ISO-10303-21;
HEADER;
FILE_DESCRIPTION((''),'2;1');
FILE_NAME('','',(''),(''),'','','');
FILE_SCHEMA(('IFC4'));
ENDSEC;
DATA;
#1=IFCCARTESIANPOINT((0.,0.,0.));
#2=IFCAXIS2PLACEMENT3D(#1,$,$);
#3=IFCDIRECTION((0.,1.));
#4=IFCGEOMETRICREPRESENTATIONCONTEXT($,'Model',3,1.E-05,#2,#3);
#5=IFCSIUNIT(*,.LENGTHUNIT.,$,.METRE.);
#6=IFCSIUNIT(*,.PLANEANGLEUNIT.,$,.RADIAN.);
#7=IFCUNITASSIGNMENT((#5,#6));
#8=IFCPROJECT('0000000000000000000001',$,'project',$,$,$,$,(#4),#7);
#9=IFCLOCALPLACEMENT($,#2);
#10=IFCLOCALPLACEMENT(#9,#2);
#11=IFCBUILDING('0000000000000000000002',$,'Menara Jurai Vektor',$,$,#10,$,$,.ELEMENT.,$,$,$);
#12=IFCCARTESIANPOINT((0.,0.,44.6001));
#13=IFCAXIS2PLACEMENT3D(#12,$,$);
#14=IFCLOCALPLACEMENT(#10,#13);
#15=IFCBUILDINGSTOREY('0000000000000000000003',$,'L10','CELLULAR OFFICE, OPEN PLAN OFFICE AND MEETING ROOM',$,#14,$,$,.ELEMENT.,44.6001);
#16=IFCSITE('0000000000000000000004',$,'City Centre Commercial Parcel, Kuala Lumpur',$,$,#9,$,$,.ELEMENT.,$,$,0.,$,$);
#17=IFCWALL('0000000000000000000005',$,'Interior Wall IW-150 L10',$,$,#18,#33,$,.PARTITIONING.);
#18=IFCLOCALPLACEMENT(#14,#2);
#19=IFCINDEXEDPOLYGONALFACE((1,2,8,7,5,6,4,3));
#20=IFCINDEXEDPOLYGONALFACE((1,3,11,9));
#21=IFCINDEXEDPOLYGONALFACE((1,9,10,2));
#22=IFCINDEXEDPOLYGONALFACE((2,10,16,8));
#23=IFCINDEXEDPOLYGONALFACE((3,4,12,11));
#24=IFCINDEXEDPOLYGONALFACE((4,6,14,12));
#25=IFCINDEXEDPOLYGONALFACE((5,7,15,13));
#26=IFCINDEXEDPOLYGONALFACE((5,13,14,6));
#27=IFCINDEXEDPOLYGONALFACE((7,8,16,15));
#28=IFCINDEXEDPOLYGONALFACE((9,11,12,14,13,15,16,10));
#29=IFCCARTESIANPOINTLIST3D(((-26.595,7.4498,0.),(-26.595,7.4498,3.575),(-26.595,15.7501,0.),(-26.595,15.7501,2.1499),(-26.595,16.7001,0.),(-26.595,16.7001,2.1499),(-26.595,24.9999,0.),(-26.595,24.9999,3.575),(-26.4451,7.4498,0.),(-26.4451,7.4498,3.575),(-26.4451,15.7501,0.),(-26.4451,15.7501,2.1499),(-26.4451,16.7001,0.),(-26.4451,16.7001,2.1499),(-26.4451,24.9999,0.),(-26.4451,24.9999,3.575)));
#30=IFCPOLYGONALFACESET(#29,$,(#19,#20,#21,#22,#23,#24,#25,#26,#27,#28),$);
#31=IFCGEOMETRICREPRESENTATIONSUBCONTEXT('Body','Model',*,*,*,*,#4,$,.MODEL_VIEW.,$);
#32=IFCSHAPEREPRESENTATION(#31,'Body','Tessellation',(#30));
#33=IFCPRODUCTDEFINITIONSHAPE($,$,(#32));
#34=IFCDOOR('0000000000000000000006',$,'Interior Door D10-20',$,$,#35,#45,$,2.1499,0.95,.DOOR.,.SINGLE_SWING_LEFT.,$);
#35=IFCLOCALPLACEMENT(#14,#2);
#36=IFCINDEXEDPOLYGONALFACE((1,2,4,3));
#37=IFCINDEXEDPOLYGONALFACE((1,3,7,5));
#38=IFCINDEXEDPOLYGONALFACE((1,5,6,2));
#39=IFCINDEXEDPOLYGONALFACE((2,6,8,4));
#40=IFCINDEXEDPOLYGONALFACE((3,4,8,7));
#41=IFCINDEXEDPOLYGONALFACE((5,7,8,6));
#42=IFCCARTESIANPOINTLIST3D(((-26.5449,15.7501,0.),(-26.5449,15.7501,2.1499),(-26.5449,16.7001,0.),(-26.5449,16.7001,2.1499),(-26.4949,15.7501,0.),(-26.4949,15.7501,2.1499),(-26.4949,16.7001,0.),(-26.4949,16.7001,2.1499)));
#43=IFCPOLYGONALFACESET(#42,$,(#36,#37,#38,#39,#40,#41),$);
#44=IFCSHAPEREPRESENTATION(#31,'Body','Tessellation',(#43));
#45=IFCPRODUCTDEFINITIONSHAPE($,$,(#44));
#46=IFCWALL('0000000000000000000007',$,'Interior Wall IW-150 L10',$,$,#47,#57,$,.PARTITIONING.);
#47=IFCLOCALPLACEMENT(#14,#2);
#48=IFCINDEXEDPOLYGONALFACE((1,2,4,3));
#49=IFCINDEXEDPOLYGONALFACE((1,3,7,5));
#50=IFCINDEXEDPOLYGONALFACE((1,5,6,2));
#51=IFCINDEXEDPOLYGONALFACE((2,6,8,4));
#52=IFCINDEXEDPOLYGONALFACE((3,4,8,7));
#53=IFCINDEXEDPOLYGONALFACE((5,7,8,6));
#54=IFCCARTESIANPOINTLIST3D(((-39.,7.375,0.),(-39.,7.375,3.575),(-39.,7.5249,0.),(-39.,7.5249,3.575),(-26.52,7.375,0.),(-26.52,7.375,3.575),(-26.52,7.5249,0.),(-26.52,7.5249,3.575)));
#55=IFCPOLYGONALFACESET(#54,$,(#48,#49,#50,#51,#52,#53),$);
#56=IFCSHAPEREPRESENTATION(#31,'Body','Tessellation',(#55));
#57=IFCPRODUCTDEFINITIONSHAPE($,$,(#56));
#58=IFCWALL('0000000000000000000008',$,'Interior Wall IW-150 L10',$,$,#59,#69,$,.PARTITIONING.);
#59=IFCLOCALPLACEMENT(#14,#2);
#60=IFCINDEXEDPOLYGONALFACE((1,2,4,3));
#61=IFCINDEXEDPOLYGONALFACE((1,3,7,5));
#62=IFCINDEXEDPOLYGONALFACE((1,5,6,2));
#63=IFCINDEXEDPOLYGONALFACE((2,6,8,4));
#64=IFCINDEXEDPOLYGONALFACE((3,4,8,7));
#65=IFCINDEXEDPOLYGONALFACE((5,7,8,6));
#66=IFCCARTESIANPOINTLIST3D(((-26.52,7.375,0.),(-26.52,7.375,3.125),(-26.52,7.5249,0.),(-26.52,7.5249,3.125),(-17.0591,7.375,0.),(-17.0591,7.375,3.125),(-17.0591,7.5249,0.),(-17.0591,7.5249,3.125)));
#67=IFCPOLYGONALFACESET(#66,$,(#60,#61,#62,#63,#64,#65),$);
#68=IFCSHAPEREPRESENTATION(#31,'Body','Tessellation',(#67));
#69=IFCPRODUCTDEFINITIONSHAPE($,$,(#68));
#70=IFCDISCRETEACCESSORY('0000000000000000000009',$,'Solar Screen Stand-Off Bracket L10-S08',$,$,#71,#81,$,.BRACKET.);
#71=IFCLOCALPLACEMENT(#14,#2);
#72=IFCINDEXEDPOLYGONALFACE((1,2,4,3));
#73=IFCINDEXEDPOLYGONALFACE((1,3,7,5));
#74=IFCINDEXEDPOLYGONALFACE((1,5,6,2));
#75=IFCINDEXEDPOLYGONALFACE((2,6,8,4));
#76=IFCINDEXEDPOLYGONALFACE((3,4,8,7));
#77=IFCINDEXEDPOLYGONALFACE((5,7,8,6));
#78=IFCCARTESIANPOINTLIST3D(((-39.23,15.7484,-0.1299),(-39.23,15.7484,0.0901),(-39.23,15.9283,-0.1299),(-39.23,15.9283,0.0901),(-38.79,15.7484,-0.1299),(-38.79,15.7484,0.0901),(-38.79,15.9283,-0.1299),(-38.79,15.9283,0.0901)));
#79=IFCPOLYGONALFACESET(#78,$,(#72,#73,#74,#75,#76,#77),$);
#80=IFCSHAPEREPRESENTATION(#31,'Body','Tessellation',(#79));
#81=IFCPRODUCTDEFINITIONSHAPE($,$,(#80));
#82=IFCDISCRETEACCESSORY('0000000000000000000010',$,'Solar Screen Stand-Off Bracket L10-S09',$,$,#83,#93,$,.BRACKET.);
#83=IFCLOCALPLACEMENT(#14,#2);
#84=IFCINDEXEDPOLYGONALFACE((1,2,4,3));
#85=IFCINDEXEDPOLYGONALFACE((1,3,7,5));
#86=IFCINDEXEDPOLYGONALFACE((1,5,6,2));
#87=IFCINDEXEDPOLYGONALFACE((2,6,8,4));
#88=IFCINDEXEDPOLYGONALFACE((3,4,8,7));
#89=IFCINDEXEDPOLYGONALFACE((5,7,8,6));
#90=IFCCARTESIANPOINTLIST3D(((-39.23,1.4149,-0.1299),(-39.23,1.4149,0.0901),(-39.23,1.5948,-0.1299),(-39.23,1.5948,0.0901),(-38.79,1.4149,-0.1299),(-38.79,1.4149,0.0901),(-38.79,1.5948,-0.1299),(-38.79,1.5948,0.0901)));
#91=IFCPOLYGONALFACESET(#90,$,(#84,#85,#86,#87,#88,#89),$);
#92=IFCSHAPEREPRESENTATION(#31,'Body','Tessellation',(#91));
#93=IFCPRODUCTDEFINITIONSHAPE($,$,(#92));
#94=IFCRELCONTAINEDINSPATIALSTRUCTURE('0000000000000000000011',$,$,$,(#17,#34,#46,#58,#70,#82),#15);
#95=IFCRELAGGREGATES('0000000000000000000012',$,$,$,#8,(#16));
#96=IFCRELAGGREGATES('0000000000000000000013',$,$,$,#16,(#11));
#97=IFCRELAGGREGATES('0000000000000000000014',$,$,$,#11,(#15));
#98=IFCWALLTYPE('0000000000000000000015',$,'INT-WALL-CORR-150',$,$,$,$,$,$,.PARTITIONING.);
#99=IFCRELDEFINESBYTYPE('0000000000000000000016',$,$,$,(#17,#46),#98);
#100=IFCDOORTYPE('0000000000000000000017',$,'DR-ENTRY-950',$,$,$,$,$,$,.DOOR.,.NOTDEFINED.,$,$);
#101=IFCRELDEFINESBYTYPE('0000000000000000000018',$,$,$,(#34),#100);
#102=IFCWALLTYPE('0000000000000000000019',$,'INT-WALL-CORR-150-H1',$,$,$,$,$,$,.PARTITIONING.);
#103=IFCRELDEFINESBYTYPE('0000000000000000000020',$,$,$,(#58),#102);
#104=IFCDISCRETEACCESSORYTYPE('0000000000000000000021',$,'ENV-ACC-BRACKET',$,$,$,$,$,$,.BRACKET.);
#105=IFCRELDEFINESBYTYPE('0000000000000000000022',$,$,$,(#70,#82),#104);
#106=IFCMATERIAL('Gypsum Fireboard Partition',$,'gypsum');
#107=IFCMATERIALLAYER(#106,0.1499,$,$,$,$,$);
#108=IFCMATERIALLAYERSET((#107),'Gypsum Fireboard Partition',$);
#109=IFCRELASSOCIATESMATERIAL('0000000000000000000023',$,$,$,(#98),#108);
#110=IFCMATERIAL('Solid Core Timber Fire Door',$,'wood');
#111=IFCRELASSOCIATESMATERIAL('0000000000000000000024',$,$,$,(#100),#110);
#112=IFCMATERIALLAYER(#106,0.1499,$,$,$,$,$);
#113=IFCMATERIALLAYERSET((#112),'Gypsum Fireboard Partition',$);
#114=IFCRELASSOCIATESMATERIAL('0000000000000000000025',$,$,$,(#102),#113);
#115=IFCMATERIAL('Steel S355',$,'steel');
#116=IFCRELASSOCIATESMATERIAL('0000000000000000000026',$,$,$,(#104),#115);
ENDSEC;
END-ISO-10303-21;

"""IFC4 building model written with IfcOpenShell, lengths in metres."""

from ifc_helpers import new_model, si_unit, direction, frame, frame_2d, origin, origin_2d, place, context, subcontext, project, spatial, rectangle, extrude, material, layer, layer_set, type_object, element, fill, save


model = new_model("IFC4")

# Units and contexts
model_context = context("Model", 3, precision=1e-05, world=origin(), true_north=direction((0.0, 1.0)))
body_context = subcontext(model_context, "Body", "Model", "MODEL_VIEW")
ifc_project = project(units=[si_unit("LENGTHUNIT", "METRE"), si_unit("PLANEANGLEUNIT", "RADIAN")], contexts=[model_context])

# Site, building, storey
site_placement = place(None, origin())
site = spatial("IfcSite", under=ifc_project, at=site_placement, Name="City Centre Commercial Parcel, Kuala Lumpur", CompositionType="ELEMENT", RefElevation=0.0)
building_placement = place(site_placement, origin())
building = spatial("IfcBuilding", under=site, at=building_placement, Name="Menara Jurai Vektor", CompositionType="ELEMENT")
storey_placement = place(building_placement, frame((0.0, 0.0, 44.6001)))
storey = spatial("IfcBuildingStorey", under=building, at=storey_placement, Name="L10", Description="CELLULAR OFFICE, OPEN PLAN OFFICE AND MEETING ROOM", CompositionType="ELEMENT", Elevation=44.6001)

# Shared definitions
ifc_material_1 = material(Name="Steel S355", Category="steel")

# Wall, opening, door
ifc_material_2 = material(Name="Gypsum Fireboard Partition", Category="gypsum")
ifc_layer_1 = layer(ifc_material_2, 0.1499)
ifc_layer_set_1 = layer_set([ifc_layer_1], Name="Gypsum Fireboard Partition")
wall_type_1 = type_object("IfcWallType", Name="INT-WALL-CORR-150", PredefinedType="PARTITIONING", material=ifc_layer_set_1)
ifc_material_3 = material(Name="Solid Core Timber Fire Door", Category="wood")
door_type = type_object("IfcDoorType", Name="DR-ENTRY-950", OperationType="NOTDEFINED", PredefinedType="DOOR", material=ifc_material_3)
wall_1_placement = place(storey_placement, frame((-26.52, 7.45, 0.0), z_axis=(0.0, 0.0, 1.0), x_axis=(0.0, 1.0, 0.0)))
wall_1 = element("IfcWall", 1, at=wall_1_placement, inside=storey, type_object=wall_type_1, Name="Interior Wall IW-150 L10", PredefinedType="PARTITIONING", context=body_context, shape_type="SweptSolid", body=[
    extrude(rectangle(XDim=17.55, YDim=0.1499, at=frame_2d((8.7749, 0.0))), origin(), (0.0, 0.0, 1.0), 3.575),
])
opening_1_placement = place(wall_1_placement, frame((8.3, 0.0, 0.0)))
opening_1 = element("IfcOpeningElement", 2, at=opening_1_placement, cuts=wall_1, PredefinedType="OPENING", context=body_context, shape_type="SweptSolid", body=[
    extrude(rectangle(XDim=0.95, YDim=2.1499, at=frame_2d((0.4751, 1.075))), frame((0.0, 0.085, 0.0), z_axis=(0.0, -1.0, 0.0), x_axis=(1.0, 0.0, 0.0)), (0.0, 0.0, 1.0), 0.1699),
])
door_1_placement = place(opening_1_placement, origin())
door_1 = element("IfcDoor", 3, at=door_1_placement, inside=storey, type_object=door_type, Name="Interior Door D10-20", OperationType="SINGLE_SWING_LEFT", OverallHeight=2.1499, OverallWidth=0.95, PredefinedType="DOOR", context=body_context, shape_type="SweptSolid", body=[
    extrude(rectangle(XDim=0.95, YDim=2.1499, at=frame_2d((0.4751, 1.075))), frame((0.0, 0.0249, 0.0), z_axis=(0.0, -1.0, 0.0), x_axis=(1.0, 0.0, 0.0)), (0.0, 0.0, 1.0), 0.05),
])
fill(opening_1, door_1)

# Walls
wall_2_placement = place(storey_placement, frame((-39.0, 7.45, 0.0), z_axis=(0.0, 0.0, 1.0), x_axis=(1.0, 0.0, 0.0)))
element("IfcWall", 4, at=wall_2_placement, inside=storey, type_object=wall_type_1, Name="Interior Wall IW-150 L10", PredefinedType="PARTITIONING", context=body_context, shape_type="SweptSolid", body=[
    extrude(rectangle(XDim=12.48, YDim=0.1499, at=frame_2d((6.24, 0.0))), origin(), (0.0, 0.0, 1.0), 3.575),
])
ifc_layer_2 = layer(ifc_material_2, 0.1499)
ifc_layer_set_2 = layer_set([ifc_layer_2], Name="Gypsum Fireboard Partition")
wall_type_2 = type_object("IfcWallType", Name="INT-WALL-CORR-150-H1", PredefinedType="PARTITIONING", material=ifc_layer_set_2)
wall_3_placement = place(storey_placement, frame((-26.52, 7.45, 0.0), z_axis=(0.0, 0.0, 1.0), x_axis=(1.0, 0.0, 0.0)))
element("IfcWall", 5, at=wall_3_placement, inside=storey, type_object=wall_type_2, Name="Interior Wall IW-150 L10", PredefinedType="PARTITIONING", context=body_context, shape_type="SweptSolid", body=[
    extrude(rectangle(XDim=9.4609, YDim=0.1499, at=frame_2d((4.7305, 0.0))), origin(), (0.0, 0.0, 1.0), 3.125),
])

# Discrete accessories
discrete_accessory_type = type_object("IfcDiscreteAccessoryType", Name="ENV-ACC-BRACKET", PredefinedType="BRACKET", material=ifc_material_1)
for number, where, z_axis, x_axis, name in (
    (6, (-39.01, 15.8384, -0.1299), (0.0, 0.0, 1.0), (0.0, -1.0, 0.0), "Solar Screen Stand-Off Bracket L10-S08"),
    (7, (-39.01, 1.5049, -0.1299), (0.0, 0.0, 1.0), (0.0, -1.0, 0.0), "Solar Screen Stand-Off Bracket L10-S09"),
):
    element("IfcDiscreteAccessory", number, at=place(storey_placement, frame(where, z_axis=z_axis, x_axis=x_axis)), inside=storey, type_object=discrete_accessory_type, Name=name, PredefinedType="BRACKET", context=body_context, shape_type="SweptSolid", body=[
        extrude(rectangle(XDim=0.1799, YDim=0.4399, at=origin_2d()), origin(), (0.0, 0.0, 1.0), 0.22),
    ])

save(model, "model.ifc")
